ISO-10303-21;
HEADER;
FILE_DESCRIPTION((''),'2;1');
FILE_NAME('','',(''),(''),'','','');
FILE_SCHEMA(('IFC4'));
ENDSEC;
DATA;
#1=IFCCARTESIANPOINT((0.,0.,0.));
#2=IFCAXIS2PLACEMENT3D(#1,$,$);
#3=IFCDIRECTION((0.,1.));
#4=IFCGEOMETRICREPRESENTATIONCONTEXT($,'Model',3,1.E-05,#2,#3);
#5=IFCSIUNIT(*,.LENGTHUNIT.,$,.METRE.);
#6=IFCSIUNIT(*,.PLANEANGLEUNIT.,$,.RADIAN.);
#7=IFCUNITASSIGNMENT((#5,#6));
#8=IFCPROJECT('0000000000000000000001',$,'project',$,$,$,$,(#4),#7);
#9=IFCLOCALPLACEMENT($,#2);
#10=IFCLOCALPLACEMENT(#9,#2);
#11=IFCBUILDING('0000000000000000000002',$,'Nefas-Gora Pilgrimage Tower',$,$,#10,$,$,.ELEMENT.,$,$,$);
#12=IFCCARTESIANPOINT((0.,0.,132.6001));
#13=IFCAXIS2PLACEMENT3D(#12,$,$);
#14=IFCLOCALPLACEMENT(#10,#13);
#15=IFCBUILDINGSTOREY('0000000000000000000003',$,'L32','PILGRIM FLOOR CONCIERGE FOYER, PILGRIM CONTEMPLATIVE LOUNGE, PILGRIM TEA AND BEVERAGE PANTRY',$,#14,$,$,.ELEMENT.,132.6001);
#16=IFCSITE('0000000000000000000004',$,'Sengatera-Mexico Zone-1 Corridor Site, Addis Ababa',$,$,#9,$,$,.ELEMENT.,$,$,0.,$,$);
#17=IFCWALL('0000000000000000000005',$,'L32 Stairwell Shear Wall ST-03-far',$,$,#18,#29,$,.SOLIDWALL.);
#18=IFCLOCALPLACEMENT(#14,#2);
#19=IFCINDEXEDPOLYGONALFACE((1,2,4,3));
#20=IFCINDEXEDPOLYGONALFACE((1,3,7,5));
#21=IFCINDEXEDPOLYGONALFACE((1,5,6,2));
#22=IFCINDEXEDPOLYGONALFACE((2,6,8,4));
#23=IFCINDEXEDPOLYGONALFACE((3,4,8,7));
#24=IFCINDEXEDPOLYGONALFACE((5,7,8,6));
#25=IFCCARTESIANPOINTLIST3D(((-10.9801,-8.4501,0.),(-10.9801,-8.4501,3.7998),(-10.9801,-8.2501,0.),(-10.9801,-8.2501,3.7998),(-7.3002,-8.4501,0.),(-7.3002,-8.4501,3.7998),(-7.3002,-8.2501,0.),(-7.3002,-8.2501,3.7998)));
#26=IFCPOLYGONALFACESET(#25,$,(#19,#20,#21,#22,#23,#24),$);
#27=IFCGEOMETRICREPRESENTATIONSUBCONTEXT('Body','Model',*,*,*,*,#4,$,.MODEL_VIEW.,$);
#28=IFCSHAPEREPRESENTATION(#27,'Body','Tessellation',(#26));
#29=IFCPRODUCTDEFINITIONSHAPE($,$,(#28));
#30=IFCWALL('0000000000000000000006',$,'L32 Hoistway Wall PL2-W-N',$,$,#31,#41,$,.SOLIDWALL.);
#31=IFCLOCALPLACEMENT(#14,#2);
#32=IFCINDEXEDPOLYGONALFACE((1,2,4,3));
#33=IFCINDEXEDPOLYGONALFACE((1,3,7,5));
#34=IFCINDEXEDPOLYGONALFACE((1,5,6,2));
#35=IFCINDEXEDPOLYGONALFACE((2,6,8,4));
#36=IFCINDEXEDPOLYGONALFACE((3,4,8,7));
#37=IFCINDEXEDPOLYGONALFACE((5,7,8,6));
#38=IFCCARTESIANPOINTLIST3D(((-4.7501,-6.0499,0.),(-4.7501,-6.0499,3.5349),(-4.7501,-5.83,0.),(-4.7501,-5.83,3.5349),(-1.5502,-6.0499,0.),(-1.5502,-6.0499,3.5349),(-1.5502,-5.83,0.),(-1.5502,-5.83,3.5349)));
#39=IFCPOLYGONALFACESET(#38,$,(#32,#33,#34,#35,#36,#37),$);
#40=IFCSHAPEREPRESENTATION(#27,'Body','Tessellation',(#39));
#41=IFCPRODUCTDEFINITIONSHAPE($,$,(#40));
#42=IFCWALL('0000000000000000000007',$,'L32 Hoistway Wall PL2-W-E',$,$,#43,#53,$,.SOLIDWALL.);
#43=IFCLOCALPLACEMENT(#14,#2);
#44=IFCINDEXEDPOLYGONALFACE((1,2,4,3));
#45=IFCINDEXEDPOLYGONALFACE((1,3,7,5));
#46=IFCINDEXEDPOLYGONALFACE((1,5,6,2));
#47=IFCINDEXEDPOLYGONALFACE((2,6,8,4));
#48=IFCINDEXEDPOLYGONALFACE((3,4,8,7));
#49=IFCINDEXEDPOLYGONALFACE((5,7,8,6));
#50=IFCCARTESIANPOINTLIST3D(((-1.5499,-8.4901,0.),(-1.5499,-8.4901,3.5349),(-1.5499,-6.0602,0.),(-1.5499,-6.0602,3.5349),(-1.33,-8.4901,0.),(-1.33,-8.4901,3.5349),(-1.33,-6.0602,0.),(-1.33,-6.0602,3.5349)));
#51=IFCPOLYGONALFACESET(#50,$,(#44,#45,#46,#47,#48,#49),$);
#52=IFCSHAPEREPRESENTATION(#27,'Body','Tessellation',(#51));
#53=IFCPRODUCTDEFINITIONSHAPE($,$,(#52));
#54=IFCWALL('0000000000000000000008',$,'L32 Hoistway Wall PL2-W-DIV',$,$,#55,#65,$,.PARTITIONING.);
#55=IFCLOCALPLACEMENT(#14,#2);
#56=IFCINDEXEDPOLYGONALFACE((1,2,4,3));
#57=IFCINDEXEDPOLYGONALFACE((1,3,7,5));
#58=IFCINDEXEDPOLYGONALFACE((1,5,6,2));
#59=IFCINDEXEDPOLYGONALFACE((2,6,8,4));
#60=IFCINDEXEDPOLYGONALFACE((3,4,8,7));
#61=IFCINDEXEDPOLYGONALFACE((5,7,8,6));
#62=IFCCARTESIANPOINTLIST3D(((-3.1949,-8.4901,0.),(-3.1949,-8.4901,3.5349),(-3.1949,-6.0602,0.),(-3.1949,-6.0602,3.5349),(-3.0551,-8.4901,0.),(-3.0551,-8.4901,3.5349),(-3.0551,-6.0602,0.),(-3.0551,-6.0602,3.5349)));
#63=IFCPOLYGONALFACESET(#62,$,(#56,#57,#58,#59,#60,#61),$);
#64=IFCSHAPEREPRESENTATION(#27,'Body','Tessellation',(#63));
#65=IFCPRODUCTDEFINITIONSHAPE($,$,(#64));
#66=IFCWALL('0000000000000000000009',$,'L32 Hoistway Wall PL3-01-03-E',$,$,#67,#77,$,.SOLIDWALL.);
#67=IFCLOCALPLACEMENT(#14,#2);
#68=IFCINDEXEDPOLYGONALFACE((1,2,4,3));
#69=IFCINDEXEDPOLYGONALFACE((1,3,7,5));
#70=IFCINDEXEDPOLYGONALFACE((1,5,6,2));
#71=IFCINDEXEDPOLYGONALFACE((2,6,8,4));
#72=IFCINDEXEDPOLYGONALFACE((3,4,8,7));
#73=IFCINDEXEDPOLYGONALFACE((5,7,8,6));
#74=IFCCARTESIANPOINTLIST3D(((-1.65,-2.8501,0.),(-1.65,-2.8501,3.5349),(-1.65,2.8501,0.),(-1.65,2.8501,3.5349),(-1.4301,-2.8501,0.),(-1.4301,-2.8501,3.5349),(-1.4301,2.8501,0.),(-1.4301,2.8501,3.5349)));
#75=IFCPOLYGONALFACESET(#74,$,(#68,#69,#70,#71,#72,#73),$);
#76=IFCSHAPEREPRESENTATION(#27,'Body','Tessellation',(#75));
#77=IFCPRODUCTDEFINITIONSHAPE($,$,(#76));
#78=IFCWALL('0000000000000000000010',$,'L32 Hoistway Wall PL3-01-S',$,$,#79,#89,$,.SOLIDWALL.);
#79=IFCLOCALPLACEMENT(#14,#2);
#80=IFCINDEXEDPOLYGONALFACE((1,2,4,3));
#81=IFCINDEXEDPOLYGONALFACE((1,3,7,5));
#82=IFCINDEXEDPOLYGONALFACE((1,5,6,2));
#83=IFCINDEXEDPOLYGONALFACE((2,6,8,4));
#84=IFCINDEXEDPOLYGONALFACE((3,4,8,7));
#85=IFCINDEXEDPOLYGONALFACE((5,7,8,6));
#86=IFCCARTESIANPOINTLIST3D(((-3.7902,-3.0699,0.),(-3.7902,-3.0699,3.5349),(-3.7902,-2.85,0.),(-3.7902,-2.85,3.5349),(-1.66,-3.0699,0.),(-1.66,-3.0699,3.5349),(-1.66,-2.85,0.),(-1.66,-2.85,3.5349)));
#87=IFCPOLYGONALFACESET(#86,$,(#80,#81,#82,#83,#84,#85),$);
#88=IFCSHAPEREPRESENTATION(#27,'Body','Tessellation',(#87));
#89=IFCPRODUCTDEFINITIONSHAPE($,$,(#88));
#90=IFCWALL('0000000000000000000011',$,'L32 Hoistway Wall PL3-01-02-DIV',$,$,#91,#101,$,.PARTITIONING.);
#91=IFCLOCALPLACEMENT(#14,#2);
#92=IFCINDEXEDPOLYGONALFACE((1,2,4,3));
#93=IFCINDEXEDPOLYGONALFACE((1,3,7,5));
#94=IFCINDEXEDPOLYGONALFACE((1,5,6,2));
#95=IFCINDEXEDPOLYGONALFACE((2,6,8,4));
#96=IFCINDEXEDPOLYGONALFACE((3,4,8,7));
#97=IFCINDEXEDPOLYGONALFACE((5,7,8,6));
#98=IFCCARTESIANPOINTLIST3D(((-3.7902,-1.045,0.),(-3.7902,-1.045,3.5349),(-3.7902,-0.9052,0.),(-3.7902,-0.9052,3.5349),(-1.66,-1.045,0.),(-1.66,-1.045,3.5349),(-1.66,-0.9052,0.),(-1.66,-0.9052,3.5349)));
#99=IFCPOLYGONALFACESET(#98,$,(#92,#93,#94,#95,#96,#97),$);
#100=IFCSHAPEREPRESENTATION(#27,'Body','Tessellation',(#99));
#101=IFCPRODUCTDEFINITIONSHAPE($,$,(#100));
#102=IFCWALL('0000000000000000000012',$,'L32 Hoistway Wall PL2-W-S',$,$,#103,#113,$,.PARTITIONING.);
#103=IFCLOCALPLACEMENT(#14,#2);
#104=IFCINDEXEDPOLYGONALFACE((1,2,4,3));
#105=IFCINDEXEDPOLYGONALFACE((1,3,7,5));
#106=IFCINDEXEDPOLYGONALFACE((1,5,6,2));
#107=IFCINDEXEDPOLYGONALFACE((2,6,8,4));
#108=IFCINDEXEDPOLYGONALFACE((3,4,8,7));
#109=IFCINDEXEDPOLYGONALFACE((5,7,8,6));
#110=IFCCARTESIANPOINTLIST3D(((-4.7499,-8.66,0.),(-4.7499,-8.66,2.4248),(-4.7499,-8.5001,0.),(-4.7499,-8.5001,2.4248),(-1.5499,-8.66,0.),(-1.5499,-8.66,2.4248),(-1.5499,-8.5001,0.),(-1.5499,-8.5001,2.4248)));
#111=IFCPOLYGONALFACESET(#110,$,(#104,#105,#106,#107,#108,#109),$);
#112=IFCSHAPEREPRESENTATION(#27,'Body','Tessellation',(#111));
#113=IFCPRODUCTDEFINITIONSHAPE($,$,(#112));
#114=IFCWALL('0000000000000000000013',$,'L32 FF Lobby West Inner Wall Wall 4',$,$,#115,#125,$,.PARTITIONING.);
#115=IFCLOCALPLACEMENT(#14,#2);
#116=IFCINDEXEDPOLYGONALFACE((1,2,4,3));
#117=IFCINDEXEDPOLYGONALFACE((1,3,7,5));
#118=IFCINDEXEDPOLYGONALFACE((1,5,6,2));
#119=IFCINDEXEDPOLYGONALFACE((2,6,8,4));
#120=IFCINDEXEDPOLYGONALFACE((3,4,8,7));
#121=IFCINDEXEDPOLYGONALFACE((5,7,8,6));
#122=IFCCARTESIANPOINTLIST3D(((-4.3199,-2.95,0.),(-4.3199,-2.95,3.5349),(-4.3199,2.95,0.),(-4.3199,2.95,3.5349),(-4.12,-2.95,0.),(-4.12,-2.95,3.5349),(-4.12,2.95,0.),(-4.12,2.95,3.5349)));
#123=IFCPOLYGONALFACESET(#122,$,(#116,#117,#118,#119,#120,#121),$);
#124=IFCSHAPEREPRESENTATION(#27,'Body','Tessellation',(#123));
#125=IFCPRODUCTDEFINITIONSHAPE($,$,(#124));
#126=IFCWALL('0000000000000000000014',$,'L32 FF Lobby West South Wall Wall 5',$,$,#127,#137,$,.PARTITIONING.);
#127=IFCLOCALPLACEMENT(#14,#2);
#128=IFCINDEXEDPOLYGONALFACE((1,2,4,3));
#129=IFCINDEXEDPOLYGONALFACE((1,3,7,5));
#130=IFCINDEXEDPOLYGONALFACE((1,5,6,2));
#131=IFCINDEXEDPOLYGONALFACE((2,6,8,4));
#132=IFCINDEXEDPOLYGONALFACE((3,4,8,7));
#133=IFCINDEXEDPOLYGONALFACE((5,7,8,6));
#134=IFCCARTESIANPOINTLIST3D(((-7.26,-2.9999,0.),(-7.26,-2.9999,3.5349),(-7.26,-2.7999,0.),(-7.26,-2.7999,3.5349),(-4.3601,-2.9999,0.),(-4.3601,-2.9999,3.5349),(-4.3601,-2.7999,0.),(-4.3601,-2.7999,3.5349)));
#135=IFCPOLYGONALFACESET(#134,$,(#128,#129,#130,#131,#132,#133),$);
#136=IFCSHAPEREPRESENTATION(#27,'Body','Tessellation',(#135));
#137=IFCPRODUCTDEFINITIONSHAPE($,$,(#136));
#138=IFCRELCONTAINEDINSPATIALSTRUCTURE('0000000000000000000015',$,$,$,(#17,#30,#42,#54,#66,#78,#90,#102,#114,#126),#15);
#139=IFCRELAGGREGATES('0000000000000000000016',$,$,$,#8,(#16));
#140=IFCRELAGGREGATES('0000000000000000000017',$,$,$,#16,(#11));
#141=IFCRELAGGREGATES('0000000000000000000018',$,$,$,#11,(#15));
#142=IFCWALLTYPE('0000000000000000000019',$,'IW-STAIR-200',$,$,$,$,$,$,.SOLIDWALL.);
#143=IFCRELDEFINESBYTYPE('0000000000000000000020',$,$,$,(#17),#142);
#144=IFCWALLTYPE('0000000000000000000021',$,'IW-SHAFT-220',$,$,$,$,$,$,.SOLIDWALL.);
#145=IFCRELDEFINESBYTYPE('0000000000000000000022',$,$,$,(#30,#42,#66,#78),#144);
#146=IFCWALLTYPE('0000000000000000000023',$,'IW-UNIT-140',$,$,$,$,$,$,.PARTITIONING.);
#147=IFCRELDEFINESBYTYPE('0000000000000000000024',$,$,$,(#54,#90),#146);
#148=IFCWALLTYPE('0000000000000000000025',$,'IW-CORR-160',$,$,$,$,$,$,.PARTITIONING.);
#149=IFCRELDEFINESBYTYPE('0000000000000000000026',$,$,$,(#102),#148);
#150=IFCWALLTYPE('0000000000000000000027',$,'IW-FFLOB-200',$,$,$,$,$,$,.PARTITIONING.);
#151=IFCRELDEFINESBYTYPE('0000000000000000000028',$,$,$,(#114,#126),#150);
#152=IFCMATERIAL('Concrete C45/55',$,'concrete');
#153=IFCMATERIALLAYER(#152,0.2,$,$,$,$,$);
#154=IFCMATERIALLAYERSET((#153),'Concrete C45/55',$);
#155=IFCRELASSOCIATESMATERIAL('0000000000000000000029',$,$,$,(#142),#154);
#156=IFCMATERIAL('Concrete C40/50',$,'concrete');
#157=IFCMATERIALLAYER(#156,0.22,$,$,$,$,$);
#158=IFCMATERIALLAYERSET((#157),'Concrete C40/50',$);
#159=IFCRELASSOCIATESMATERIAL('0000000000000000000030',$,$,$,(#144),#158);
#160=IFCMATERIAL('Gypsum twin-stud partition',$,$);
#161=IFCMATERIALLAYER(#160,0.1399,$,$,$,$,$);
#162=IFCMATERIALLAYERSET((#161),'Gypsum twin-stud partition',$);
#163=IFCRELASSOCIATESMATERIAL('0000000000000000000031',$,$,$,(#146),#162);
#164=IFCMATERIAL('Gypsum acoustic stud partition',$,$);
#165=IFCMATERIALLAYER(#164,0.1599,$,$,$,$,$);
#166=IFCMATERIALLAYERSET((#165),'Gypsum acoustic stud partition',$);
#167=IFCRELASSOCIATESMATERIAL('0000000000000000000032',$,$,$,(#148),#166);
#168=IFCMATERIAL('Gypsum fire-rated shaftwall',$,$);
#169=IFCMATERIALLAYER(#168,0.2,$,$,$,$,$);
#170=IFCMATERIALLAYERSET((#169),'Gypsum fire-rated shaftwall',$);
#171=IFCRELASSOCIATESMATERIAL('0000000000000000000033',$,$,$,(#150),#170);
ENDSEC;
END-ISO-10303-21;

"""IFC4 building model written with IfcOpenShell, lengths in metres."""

from ifc_helpers import new_model, si_unit, direction, frame, frame_2d, origin, place, context, subcontext, project, spatial, rectangle, extrude, source, transform, mapped, material, layer, layer_set, type_object, element, save


model = new_model("IFC4")

# Units and contexts
model_context = context("Model", 3, precision=1e-05, world=origin(), true_north=direction((0.0, 1.0)))
body_context = subcontext(model_context, "Body", "Model", "MODEL_VIEW")
ifc_project = project(units=[si_unit("LENGTHUNIT", "METRE"), si_unit("PLANEANGLEUNIT", "RADIAN")], contexts=[model_context])

# Site, building, storey
site_placement = place(None, origin())
site = spatial("IfcSite", under=ifc_project, at=site_placement, Name="Sengatera-Mexico Zone-1 Corridor Site, Addis Ababa", CompositionType="ELEMENT", RefElevation=0.0)
building_placement = place(site_placement, origin())
building = spatial("IfcBuilding", under=site, at=building_placement, Name="Nefas-Gora Pilgrimage Tower", CompositionType="ELEMENT")
storey_placement = place(building_placement, frame((0.0, 0.0, 132.6001)))
storey = spatial("IfcBuildingStorey", under=building, at=storey_placement, Name="L32", Description="PILGRIM FLOOR CONCIERGE FOYER, PILGRIM CONTEMPLATIVE LOUNGE, PILGRIM TEA AND BEVERAGE PANTRY", CompositionType="ELEMENT", Elevation=132.6001)

# Shared definitions
ifc_material_1 = material(Name="Concrete C45/55", Category="concrete")
ifc_layer_1 = layer(ifc_material_1, 0.2)
ifc_layer_set_1 = layer_set([ifc_layer_1], Name="Concrete C45/55")
wall_type_1 = type_object("IfcWallType", Name="IW-STAIR-200", PredefinedType="SOLIDWALL", material=ifc_layer_set_1)

# Walls
shared_shape_1 = source(origin(), body_context, "Body", "SweptSolid", [
    extrude(rectangle(XDim=3.6799, YDim=0.2, at=frame_2d((1.8398, 0.0))), origin(), (0.0, 0.0, 1.0), 3.7998),
])
wall_1_placement = place(storey_placement, frame((-10.98, -8.3501, 0.0), z_axis=(0.0, 0.0, 1.0), x_axis=(1.0, 0.0, 0.0)))
element("IfcWall", 1, at=wall_1_placement, inside=storey, type_object=wall_type_1, Name="L32 Stairwell Shear Wall ST-03-far", PredefinedType="SOLIDWALL", context=body_context, shape_type="MappedRepresentation", body=[
    mapped(shared_shape_1, transform((0.0, 0.0, 0.0), x_axis=(1.0, 0.0, 0.0), y_axis=(0.0, 1.0, 0.0), z_axis=(0.0, 0.0, 1.0), scale=1.0)),
])
ifc_material_2 = material(Name="Concrete C40/50", Category="concrete")
ifc_layer_2 = layer(ifc_material_2, 0.22)
ifc_layer_set_2 = layer_set([ifc_layer_2], Name="Concrete C40/50")
wall_type_2 = type_object("IfcWallType", Name="IW-SHAFT-220", PredefinedType="SOLIDWALL", material=ifc_layer_set_2)
shared_shape_2 = source(origin(), body_context, "Body", "SweptSolid", [
    extrude(rectangle(XDim=3.2, YDim=0.22, at=frame_2d((1.6001, 0.0))), origin(), (0.0, 0.0, 1.0), 3.5349),
])
wall_2_placement = place(storey_placement, frame((-1.55, -5.9399, 0.0), z_axis=(0.0, 0.0, 1.0), x_axis=(-1.0, 0.0, 0.0)))
element("IfcWall", 2, at=wall_2_placement, inside=storey, type_object=wall_type_2, Name="L32 Hoistway Wall PL2-W-N", PredefinedType="SOLIDWALL", context=body_context, shape_type="MappedRepresentation", body=[
    mapped(shared_shape_2, transform((0.0, 0.0, 0.0), x_axis=(1.0, 0.0, 0.0), y_axis=(0.0, 1.0, 0.0), z_axis=(0.0, 0.0, 1.0), scale=1.0)),
])
shared_shape_3 = source(origin(), body_context, "Body", "SweptSolid", [
    extrude(rectangle(XDim=2.4299, YDim=0.22, at=frame_2d((1.2148, 0.0))), origin(), (0.0, 0.0, 1.0), 3.5349),
])
for number, where, z_axis, x_axis, name in (
    (3, (-1.4399, -8.49, 0.0), (0.0, 0.0, 1.0), (0.0, 1.0, 0.0), "L32 Hoistway Wall PL2-W-E"),
):
    element("IfcWall", number, at=place(storey_placement, frame(where, z_axis=z_axis, x_axis=x_axis)), inside=storey, type_object=wall_type_2, Name=name, PredefinedType="SOLIDWALL", context=body_context, shape_type="MappedRepresentation", body=[
        mapped(shared_shape_3, transform((0.0, 0.0, 0.0), x_axis=(1.0, 0.0, 0.0), y_axis=(0.0, 1.0, 0.0), z_axis=(0.0, 0.0, 1.0), scale=1.0)),
    ])
ifc_material_3 = material(Name="Gypsum twin-stud partition")
ifc_layer_3 = layer(ifc_material_3, 0.1399)
ifc_layer_set_3 = layer_set([ifc_layer_3], Name="Gypsum twin-stud partition")
wall_type_3 = type_object("IfcWallType", Name="IW-UNIT-140", PredefinedType="PARTITIONING", material=ifc_layer_set_3)
shared_shape_4 = source(origin(), body_context, "Body", "SweptSolid", [
    extrude(rectangle(XDim=2.4299, YDim=0.1399, at=frame_2d((1.2148, 0.0))), origin(), (0.0, 0.0, 1.0), 3.5349),
])
wall_3_placement = place(storey_placement, frame((-3.125, -8.49, 0.0), z_axis=(0.0, 0.0, 1.0), x_axis=(0.0, 1.0, 0.0)))
element("IfcWall", 4, at=wall_3_placement, inside=storey, type_object=wall_type_3, Name="L32 Hoistway Wall PL2-W-DIV", PredefinedType="PARTITIONING", context=body_context, shape_type="MappedRepresentation", body=[
    mapped(shared_shape_4, transform((0.0, 0.0, 0.0), x_axis=(1.0, 0.0, 0.0), y_axis=(0.0, 1.0, 0.0), z_axis=(0.0, 0.0, 1.0), scale=1.0)),
])
shared_shape_5 = source(origin(), body_context, "Body", "SweptSolid", [
    extrude(rectangle(XDim=5.7002, YDim=0.22, at=frame_2d((2.8501, 0.0))), origin(), (0.0, 0.0, 1.0), 3.5349),
])
wall_4_placement = place(storey_placement, frame((-1.54, -2.8501, 0.0), z_axis=(0.0, 0.0, 1.0), x_axis=(0.0, 1.0, 0.0)))
element("IfcWall", 5, at=wall_4_placement, inside=storey, type_object=wall_type_2, Name="L32 Hoistway Wall PL3-01-03-E", PredefinedType="SOLIDWALL", context=body_context, shape_type="MappedRepresentation", body=[
    mapped(shared_shape_5, transform((0.0, 0.0, 0.0), x_axis=(1.0, 0.0, 0.0), y_axis=(0.0, 1.0, 0.0), z_axis=(0.0, 0.0, 1.0), scale=1.0)),
])
shared_shape_6 = source(origin(), body_context, "Body", "SweptSolid", [
    extrude(rectangle(XDim=2.1301, YDim=0.22, at=frame_2d((1.0649, 0.0))), origin(), (0.0, 0.0, 1.0), 3.5349),
])
wall_5_placement = place(storey_placement, frame((-3.79, -2.96, 0.0), z_axis=(0.0, 0.0, 1.0), x_axis=(1.0, 0.0, 0.0)))
element("IfcWall", 6, at=wall_5_placement, inside=storey, type_object=wall_type_2, Name="L32 Hoistway Wall PL3-01-S", PredefinedType="SOLIDWALL", context=body_context, shape_type="MappedRepresentation", body=[
    mapped(shared_shape_6, transform((0.0, 0.0, 0.0), x_axis=(1.0, 0.0, 0.0), y_axis=(0.0, 1.0, 0.0), z_axis=(0.0, 0.0, 1.0), scale=1.0)),
])
shared_shape_7 = source(origin(), body_context, "Body", "SweptSolid", [
    extrude(rectangle(XDim=2.1301, YDim=0.1399, at=frame_2d((1.0649, 0.0))), origin(), (0.0, 0.0, 1.0), 3.5349),
])
wall_6_placement = place(storey_placement, frame((-3.79, -0.9751, 0.0), z_axis=(0.0, 0.0, 1.0), x_axis=(1.0, 0.0, 0.0)))
element("IfcWall", 7, at=wall_6_placement, inside=storey, type_object=wall_type_3, Name="L32 Hoistway Wall PL3-01-02-DIV", PredefinedType="PARTITIONING", context=body_context, shape_type="MappedRepresentation", body=[
    mapped(shared_shape_7, transform((0.0, 0.0, 0.0), x_axis=(1.0, 0.0, 0.0), y_axis=(0.0, 1.0, 0.0), z_axis=(0.0, 0.0, 1.0), scale=1.0)),
])
ifc_material_4 = material(Name="Gypsum acoustic stud partition")
ifc_layer_4 = layer(ifc_material_4, 0.1599)
ifc_layer_set_4 = layer_set([ifc_layer_4], Name="Gypsum acoustic stud partition")
wall_type_4 = type_object("IfcWallType", Name="IW-CORR-160", PredefinedType="PARTITIONING", material=ifc_layer_set_4)
shared_shape_8 = source(origin(), body_context, "Body", "SweptSolid", [
    extrude(rectangle(XDim=3.2, YDim=0.1599, at=frame_2d((1.6001, 0.0))), origin(), (0.0, 0.0, 1.0), 2.4248),
])
wall_7_placement = place(storey_placement, frame((-4.75, -8.5801, 0.0), z_axis=(0.0, 0.0, 1.0), x_axis=(1.0, 0.0, 0.0)))
element("IfcWall", 8, at=wall_7_placement, inside=storey, type_object=wall_type_4, Name="L32 Hoistway Wall PL2-W-S", PredefinedType="PARTITIONING", context=body_context, shape_type="MappedRepresentation", body=[
    mapped(shared_shape_8, transform((0.0, 0.0, 0.0), x_axis=(1.0, 0.0, 0.0), y_axis=(0.0, 1.0, 0.0), z_axis=(0.0, 0.0, 1.0), scale=1.0)),
])
ifc_material_5 = material(Name="Gypsum fire-rated shaftwall")
ifc_layer_5 = layer(ifc_material_5, 0.2)
ifc_layer_set_5 = layer_set([ifc_layer_5], Name="Gypsum fire-rated shaftwall")
wall_type_5 = type_object("IfcWallType", Name="IW-FFLOB-200", PredefinedType="PARTITIONING", material=ifc_layer_set_5)
shared_shape_9 = source(origin(), body_context, "Body", "SweptSolid", [
    extrude(rectangle(XDim=5.8999, YDim=0.2, at=frame_2d((2.95, 0.0))), origin(), (0.0, 0.0, 1.0), 3.5349),
])
wall_8_placement = place(storey_placement, frame((-4.22, -2.95, 0.0), z_axis=(0.0, 0.0, 1.0), x_axis=(0.0, 1.0, 0.0)))
element("IfcWall", 9, at=wall_8_placement, inside=storey, type_object=wall_type_5, Name="L32 FF Lobby West Inner Wall Wall 4", PredefinedType="PARTITIONING", context=body_context, shape_type="MappedRepresentation", body=[
    mapped(shared_shape_9, transform((0.0, 0.0, 0.0), x_axis=(1.0, 0.0, 0.0), y_axis=(0.0, 1.0, 0.0), z_axis=(0.0, 0.0, 1.0), scale=1.0)),
])
shared_shape_10 = source(origin(), body_context, "Body", "SweptSolid", [
    extrude(rectangle(XDim=2.8999, YDim=0.2, at=frame_2d((1.45, 0.0))), origin(), (0.0, 0.0, 1.0), 3.5349),
])
wall_9_placement = place(storey_placement, frame((-7.26, -2.8999, 0.0), z_axis=(0.0, 0.0, 1.0), x_axis=(1.0, 0.0, 0.0)))
element("IfcWall", 10, at=wall_9_placement, inside=storey, type_object=wall_type_5, Name="L32 FF Lobby West South Wall Wall 5", PredefinedType="PARTITIONING", context=body_context, shape_type="MappedRepresentation", body=[
    mapped(shared_shape_10, transform((0.0, 0.0, 0.0), x_axis=(1.0, 0.0, 0.0), y_axis=(0.0, 1.0, 0.0), z_axis=(0.0, 0.0, 1.0), scale=1.0)),
])

save(model, "model.ifc")
